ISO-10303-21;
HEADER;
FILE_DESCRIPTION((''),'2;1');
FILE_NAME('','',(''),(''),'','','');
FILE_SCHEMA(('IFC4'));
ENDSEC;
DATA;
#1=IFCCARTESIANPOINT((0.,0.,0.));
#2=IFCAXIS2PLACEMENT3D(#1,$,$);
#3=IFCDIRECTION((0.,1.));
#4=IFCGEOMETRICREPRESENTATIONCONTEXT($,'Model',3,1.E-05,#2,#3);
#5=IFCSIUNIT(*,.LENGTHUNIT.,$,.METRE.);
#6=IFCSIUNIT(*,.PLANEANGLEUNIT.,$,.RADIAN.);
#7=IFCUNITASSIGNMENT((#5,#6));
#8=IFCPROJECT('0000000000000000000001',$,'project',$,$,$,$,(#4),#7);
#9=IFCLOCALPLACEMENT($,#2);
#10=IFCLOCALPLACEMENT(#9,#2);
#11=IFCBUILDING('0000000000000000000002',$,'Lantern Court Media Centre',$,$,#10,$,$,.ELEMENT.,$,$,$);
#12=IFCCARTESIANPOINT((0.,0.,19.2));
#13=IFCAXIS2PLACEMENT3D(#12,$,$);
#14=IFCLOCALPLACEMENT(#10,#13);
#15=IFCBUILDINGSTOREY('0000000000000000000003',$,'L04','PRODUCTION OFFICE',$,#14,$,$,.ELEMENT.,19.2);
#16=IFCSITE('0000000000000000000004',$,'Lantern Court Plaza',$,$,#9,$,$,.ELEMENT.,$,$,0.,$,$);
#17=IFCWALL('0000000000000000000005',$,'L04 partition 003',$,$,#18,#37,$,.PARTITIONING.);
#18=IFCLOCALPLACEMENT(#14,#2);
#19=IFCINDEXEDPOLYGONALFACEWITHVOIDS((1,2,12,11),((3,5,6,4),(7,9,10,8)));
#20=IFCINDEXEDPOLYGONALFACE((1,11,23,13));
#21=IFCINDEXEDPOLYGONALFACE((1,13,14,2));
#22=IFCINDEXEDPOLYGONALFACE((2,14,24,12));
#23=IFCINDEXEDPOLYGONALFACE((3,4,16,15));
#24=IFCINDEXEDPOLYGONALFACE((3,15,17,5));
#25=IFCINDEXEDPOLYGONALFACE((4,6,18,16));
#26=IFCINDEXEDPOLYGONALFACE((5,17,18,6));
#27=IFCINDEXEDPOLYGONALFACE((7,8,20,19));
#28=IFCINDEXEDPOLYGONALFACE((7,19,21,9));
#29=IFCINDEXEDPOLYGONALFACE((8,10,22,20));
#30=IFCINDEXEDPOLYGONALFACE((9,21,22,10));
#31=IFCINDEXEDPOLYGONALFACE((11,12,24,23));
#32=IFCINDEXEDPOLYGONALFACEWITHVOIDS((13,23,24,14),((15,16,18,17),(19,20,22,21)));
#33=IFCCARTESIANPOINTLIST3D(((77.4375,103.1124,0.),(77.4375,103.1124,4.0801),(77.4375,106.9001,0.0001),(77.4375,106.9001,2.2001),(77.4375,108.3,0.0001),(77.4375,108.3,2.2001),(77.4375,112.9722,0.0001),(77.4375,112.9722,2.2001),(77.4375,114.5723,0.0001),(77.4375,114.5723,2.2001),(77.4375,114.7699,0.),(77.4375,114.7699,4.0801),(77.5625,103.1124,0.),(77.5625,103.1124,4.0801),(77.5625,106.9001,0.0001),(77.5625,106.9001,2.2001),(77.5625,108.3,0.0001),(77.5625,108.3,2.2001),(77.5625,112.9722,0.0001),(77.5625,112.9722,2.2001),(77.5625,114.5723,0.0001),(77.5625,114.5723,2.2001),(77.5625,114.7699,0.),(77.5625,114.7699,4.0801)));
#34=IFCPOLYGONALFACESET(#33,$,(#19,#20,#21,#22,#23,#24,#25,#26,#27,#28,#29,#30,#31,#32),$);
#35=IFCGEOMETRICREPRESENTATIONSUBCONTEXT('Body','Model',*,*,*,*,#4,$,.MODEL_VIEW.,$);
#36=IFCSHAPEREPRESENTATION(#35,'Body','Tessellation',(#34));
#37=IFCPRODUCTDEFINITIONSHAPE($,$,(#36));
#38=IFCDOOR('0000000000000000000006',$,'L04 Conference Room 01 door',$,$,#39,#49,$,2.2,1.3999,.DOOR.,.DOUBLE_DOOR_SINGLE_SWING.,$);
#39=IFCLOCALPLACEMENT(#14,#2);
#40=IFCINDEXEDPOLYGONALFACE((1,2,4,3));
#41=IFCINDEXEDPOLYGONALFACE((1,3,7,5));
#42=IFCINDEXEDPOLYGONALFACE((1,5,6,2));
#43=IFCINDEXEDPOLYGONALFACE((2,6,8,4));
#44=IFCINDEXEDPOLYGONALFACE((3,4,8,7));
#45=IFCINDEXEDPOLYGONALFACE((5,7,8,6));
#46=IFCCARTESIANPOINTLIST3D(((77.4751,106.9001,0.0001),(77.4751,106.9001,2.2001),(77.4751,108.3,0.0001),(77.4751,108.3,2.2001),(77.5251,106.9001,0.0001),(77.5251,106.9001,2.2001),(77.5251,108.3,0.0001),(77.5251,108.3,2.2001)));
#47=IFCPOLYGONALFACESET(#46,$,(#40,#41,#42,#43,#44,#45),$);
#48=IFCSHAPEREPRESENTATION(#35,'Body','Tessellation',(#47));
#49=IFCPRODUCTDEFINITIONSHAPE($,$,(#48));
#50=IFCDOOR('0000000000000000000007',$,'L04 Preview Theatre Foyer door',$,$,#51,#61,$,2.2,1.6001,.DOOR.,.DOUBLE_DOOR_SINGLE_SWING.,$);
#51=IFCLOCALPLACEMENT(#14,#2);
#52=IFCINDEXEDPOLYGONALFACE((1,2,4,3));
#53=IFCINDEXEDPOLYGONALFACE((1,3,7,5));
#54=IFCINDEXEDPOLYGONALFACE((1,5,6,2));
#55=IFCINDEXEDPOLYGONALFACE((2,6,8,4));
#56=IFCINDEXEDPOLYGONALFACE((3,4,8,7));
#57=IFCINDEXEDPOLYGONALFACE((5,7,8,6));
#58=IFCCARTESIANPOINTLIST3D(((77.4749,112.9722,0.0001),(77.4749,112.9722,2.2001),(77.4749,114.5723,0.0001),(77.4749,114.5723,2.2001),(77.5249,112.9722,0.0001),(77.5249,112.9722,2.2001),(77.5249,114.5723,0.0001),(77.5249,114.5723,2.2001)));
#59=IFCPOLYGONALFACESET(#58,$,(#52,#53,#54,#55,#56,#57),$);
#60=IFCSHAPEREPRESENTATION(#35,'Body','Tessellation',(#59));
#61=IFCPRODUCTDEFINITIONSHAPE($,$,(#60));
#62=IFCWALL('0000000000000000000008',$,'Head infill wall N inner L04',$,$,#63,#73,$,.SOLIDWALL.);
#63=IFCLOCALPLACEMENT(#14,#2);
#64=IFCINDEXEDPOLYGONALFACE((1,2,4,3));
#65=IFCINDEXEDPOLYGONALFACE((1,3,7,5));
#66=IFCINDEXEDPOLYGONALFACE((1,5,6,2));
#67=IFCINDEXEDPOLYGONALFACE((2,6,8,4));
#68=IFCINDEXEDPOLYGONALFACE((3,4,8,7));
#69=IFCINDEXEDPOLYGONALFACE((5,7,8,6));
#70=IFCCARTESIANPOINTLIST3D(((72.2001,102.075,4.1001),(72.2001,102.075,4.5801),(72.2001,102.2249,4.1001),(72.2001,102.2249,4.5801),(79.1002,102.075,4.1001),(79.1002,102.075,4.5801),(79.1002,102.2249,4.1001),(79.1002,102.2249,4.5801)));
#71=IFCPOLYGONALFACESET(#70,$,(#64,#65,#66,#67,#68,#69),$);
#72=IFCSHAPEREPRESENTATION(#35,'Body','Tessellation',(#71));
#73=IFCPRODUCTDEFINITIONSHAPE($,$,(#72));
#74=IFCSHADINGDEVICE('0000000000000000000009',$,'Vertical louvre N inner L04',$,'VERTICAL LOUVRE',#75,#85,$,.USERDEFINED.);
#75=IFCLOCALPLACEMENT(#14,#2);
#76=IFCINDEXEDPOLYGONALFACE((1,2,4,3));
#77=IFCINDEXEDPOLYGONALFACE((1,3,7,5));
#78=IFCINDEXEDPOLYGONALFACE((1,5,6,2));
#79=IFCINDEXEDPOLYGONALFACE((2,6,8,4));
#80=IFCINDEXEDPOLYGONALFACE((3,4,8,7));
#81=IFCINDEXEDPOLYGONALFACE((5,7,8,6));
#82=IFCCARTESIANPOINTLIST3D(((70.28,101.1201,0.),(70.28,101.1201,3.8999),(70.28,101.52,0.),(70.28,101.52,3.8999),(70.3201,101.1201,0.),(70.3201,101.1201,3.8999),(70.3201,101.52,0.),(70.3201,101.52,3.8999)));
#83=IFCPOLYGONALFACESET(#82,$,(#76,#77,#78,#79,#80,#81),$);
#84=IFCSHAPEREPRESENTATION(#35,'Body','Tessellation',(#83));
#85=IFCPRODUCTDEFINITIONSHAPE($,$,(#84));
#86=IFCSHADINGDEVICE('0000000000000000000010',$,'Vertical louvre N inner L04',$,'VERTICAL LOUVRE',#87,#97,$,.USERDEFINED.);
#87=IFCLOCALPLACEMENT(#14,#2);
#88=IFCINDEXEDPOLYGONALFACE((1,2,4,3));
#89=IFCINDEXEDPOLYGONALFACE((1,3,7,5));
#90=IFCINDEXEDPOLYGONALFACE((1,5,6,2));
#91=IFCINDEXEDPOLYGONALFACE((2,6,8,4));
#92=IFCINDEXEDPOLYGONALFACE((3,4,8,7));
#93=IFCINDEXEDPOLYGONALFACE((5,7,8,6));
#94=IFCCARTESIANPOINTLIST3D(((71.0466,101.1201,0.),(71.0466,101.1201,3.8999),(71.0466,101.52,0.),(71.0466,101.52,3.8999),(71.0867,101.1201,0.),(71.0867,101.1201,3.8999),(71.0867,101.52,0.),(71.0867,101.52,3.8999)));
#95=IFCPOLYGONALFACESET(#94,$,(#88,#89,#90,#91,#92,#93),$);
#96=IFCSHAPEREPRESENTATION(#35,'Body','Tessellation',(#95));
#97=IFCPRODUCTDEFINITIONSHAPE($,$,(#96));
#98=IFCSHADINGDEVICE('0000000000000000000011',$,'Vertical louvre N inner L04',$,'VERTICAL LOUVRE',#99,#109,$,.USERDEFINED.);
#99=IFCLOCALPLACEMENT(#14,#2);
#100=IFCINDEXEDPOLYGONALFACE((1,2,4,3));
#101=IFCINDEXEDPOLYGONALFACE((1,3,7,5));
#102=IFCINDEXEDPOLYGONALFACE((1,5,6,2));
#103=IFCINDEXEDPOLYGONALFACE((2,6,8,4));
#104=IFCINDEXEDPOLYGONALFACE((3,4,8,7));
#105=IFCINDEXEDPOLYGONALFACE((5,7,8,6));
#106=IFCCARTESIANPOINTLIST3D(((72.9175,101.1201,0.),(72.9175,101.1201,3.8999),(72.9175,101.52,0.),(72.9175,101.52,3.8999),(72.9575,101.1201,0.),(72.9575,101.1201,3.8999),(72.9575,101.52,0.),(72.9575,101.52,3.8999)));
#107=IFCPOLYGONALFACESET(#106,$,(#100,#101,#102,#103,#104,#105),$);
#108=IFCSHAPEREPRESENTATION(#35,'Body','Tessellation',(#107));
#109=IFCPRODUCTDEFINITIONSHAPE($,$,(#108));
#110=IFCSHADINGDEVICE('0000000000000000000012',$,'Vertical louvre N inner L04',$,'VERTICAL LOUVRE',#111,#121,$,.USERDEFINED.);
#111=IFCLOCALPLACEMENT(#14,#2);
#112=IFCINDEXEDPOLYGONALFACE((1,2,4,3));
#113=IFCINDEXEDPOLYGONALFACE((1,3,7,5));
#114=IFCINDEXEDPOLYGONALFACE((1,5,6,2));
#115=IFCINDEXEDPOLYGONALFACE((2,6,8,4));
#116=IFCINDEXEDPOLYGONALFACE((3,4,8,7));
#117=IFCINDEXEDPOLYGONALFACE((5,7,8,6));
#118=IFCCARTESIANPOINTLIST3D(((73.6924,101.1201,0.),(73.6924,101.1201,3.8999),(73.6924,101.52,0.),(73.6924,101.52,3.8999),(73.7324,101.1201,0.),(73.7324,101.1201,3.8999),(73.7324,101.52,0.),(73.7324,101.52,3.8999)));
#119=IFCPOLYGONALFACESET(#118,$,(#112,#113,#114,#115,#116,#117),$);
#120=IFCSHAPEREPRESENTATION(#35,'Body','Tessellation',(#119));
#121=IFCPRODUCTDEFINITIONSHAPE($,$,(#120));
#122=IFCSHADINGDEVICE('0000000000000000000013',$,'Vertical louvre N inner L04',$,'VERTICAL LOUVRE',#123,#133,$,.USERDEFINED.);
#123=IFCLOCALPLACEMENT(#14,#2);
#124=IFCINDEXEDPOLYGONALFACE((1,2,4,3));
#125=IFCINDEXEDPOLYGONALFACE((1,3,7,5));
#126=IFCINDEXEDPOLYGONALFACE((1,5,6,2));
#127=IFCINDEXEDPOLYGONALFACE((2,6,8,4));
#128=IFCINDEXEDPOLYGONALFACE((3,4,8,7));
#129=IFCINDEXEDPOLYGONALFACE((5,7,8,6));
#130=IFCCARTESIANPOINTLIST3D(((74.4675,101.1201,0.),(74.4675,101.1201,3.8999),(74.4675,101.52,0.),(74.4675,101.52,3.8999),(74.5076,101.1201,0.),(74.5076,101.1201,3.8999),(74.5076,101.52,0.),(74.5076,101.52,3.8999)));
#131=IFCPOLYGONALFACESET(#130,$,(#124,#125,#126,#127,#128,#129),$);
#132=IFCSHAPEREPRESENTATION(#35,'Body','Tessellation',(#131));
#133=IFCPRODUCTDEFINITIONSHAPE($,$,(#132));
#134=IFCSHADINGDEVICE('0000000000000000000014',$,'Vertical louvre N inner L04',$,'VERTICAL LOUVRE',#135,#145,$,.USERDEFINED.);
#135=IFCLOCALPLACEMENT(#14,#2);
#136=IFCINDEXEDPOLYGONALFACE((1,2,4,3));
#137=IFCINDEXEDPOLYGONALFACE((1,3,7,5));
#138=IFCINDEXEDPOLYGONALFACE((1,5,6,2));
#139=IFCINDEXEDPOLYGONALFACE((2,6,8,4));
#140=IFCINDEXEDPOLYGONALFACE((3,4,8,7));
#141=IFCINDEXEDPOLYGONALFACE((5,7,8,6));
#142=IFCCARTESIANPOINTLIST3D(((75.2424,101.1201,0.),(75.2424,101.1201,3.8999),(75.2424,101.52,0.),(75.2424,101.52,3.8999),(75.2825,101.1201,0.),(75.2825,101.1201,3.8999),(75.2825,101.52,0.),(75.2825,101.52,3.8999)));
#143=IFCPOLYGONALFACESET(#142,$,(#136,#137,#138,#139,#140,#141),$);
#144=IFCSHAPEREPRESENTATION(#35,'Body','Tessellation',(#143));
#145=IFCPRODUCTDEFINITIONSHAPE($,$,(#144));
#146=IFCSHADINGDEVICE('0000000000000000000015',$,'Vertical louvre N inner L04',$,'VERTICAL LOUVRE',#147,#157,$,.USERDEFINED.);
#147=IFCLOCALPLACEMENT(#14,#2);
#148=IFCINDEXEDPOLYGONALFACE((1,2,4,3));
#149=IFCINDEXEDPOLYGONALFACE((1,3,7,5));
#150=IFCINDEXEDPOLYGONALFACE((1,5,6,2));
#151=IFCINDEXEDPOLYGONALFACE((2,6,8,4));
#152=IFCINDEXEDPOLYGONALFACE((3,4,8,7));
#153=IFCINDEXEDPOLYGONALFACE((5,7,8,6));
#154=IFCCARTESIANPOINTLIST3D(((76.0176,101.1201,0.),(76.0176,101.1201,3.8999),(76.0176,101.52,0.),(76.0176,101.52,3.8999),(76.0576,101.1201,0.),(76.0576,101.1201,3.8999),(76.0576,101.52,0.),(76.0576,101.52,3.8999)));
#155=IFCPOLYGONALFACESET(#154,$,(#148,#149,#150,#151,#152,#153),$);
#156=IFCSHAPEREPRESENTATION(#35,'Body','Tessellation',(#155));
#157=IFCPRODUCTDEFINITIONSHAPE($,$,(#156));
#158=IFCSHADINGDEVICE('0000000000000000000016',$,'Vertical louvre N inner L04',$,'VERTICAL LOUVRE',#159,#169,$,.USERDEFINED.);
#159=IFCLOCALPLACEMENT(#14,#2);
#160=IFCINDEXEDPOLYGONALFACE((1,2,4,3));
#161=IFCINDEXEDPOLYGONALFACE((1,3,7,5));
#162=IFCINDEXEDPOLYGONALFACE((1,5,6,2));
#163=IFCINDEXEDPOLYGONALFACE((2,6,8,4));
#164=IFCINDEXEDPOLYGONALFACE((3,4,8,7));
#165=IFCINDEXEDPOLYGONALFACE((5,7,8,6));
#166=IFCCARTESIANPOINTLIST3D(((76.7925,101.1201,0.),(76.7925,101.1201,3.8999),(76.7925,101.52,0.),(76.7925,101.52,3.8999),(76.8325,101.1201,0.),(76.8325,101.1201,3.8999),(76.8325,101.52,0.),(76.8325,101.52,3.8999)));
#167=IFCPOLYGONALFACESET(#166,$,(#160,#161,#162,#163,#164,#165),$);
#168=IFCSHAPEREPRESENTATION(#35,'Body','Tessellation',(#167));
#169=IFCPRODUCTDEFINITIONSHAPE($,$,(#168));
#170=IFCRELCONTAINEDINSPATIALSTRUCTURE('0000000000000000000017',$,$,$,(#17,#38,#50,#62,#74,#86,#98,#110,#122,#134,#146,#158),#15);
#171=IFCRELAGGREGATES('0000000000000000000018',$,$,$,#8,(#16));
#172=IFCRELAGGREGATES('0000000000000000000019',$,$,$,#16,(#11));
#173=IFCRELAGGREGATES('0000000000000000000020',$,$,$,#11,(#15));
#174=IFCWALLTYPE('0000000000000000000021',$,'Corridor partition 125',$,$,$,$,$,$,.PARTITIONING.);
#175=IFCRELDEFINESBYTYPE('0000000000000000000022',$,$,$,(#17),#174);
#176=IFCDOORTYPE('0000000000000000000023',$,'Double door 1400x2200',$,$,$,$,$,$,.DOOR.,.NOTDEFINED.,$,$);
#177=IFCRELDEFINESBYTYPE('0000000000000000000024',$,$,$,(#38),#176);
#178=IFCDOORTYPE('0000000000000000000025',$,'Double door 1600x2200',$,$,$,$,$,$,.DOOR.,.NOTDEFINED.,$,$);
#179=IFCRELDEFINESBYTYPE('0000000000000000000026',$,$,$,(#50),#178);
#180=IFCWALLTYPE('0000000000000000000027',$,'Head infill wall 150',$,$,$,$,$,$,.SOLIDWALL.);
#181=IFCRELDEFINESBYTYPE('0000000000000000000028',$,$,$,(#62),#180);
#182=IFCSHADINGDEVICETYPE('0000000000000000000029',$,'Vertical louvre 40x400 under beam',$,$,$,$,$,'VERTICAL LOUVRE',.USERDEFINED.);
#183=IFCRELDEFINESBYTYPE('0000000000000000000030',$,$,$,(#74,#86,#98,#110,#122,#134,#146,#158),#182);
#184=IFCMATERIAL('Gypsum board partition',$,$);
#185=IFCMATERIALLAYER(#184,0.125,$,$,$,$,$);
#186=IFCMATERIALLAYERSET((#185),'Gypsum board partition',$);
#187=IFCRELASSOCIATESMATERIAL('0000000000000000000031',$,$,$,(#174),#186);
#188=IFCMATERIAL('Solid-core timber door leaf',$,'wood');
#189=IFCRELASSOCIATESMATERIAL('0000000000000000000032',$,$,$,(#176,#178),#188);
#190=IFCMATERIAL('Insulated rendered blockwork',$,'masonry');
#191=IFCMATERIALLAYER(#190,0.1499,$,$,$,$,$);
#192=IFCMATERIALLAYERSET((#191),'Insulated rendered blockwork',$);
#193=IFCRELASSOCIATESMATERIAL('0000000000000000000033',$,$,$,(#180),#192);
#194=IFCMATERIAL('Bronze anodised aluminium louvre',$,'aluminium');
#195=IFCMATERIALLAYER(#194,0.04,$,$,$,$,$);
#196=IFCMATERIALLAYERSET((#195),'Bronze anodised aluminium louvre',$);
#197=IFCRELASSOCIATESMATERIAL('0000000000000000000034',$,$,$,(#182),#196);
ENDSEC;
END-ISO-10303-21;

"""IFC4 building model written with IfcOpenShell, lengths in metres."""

from ifc_helpers import new_model, si_unit, direction, frame, frame_2d, origin, origin_2d, place, context, subcontext, project, spatial, rectangle, extrude, material, layer, layer_set, type_object, element, fill, save


model = new_model("IFC4")

# Units and contexts
model_context = context("Model", 3, precision=1e-05, world=origin(), true_north=direction((0.0, 1.0)))
body_context = subcontext(model_context, "Body", "Model", "MODEL_VIEW")
ifc_project = project(units=[si_unit("LENGTHUNIT", "METRE"), si_unit("PLANEANGLEUNIT", "RADIAN")], contexts=[model_context])

# Site, building, storey
site_placement = place(None, origin())
site = spatial("IfcSite", under=ifc_project, at=site_placement, Name="Lantern Court Plaza", CompositionType="ELEMENT", RefElevation=0.0)
building_placement = place(site_placement, origin())
building = spatial("IfcBuilding", under=site, at=building_placement, Name="Lantern Court Media Centre", CompositionType="ELEMENT")
storey_placement = place(building_placement, frame((0.0, 0.0, 19.2)))
storey = spatial("IfcBuildingStorey", under=building, at=storey_placement, Name="L04", Description="PRODUCTION OFFICE", CompositionType="ELEMENT", Elevation=19.2)

# Wall, openings, doors
ifc_material_1 = material(Name="Gypsum board partition")
ifc_layer_1 = layer(ifc_material_1, 0.125)
ifc_layer_set_1 = layer_set([ifc_layer_1], Name="Gypsum board partition")
wall_type_1 = type_object("IfcWallType", Name="Corridor partition 125", PredefinedType="PARTITIONING", material=ifc_layer_set_1)
wall_1_placement = place(storey_placement, frame((77.5, 103.1125, 0.0), z_axis=(0.0, 0.0, 1.0), x_axis=(0.0, 1.0, 0.0)))
wall_1 = element("IfcWall", 1, at=wall_1_placement, inside=storey, type_object=wall_type_1, Name="L04 partition 003", PredefinedType="PARTITIONING", context=body_context, shape_type="SweptSolid", body=[
    extrude(rectangle(XDim=11.6575, YDim=0.125, at=frame_2d((5.8286, 0.0))), origin(), (0.0, 0.0, 1.0), 4.0801),
])
opening_1_placement = place(wall_1_placement, frame((9.8596, 0.0, 0.0)))
opening_1 = element("IfcOpeningElement", 2, at=opening_1_placement, cuts=wall_1, PredefinedType="OPENING", context=body_context, shape_type="SweptSolid", body=[
    extrude(rectangle(XDim=1.6001, YDim=2.2, at=frame_2d((0.8, 1.1001))), frame((0.0, 0.0725, 0.0), z_axis=(0.0, -1.0, 0.0), x_axis=(1.0, 0.0, 0.0)), (0.0, 0.0, 1.0), 0.145),
])
opening_2_placement = place(wall_1_placement, frame((3.7876, 0.0, 0.0)))
opening_2 = element("IfcOpeningElement", 3, at=opening_2_placement, cuts=wall_1, PredefinedType="OPENING", context=body_context, shape_type="SweptSolid", body=[
    extrude(rectangle(XDim=1.3999, YDim=2.2, at=frame_2d((0.7, 1.1001))), frame((0.0, 0.0725, 0.0), z_axis=(0.0, -1.0, 0.0), x_axis=(1.0, 0.0, 0.0)), (0.0, 0.0, 1.0), 0.145),
])
ifc_material_2 = material(Name="Solid-core timber door leaf", Category="wood")
door_type_1 = type_object("IfcDoorType", Name="Double door 1400x2200", OperationType="NOTDEFINED", PredefinedType="DOOR", material=ifc_material_2)
door_1_placement = place(opening_2_placement, origin())
door_1 = element("IfcDoor", 4, at=door_1_placement, inside=storey, type_object=door_type_1, Name="L04 Conference Room 01 door", OperationType="DOUBLE_DOOR_SINGLE_SWING", OverallHeight=2.2, OverallWidth=1.3999, PredefinedType="DOOR", context=body_context, shape_type="SweptSolid", body=[
    extrude(rectangle(XDim=1.3999, YDim=2.2, at=frame_2d((0.7, 1.1001))), frame((0.0, 0.0249, 0.0), z_axis=(0.0, -1.0, 0.0), x_axis=(1.0, 0.0, 0.0)), (0.0, 0.0, 1.0), 0.05),
])
fill(opening_2, door_1)
door_type_2 = type_object("IfcDoorType", Name="Double door 1600x2200", OperationType="NOTDEFINED", PredefinedType="DOOR", material=ifc_material_2)
door_2_placement = place(opening_1_placement, frame((1.6001, 0.0, 0.0), z_axis=(0.0, 0.0, 1.0), x_axis=(-1.0, 0.0, 0.0)))
door_2 = element("IfcDoor", 5, at=door_2_placement, inside=storey, type_object=door_type_2, Name="L04 Preview Theatre Foyer door", OperationType="DOUBLE_DOOR_SINGLE_SWING", OverallHeight=2.2, OverallWidth=1.6001, PredefinedType="DOOR", context=body_context, shape_type="SweptSolid", body=[
    extrude(rectangle(XDim=1.6001, YDim=2.2, at=frame_2d((0.8, 1.1001))), frame((0.0, 0.0249, 0.0), z_axis=(0.0, -1.0, 0.0), x_axis=(1.0, 0.0, 0.0)), (0.0, 0.0, 1.0), 0.05),
])
fill(opening_1, door_2)

# Wall
ifc_material_3 = material(Name="Insulated rendered blockwork", Category="masonry")
ifc_layer_2 = layer(ifc_material_3, 0.1499)
ifc_layer_set_2 = layer_set([ifc_layer_2], Name="Insulated rendered blockwork")
wall_type_2 = type_object("IfcWallType", Name="Head infill wall 150", PredefinedType="SOLIDWALL", material=ifc_layer_set_2)
wall_2_placement = place(storey_placement, frame((72.2, 102.1499, 4.1001), z_axis=(0.0, 0.0, 1.0), x_axis=(1.0, 0.0, 0.0)))
element("IfcWall", 6, at=wall_2_placement, inside=storey, type_object=wall_type_2, Name="Head infill wall N inner L04", PredefinedType="SOLIDWALL", context=body_context, shape_type="SweptSolid", body=[
    extrude(rectangle(XDim=6.9001, YDim=0.1499, at=frame_2d((3.4502, 0.0))), origin(), (0.0, 0.0, 1.0), 0.48),
])

# Shading devices
ifc_material_4 = material(Name="Bronze anodised aluminium louvre", Category="aluminium")
ifc_layer_3 = layer(ifc_material_4, 0.04)
ifc_layer_set_3 = layer_set([ifc_layer_3], Name="Bronze anodised aluminium louvre")
shading_device_type = type_object("IfcShadingDeviceType", Name="Vertical louvre 40x400 under beam", ElementType="VERTICAL LOUVRE", PredefinedType="USERDEFINED", material=ifc_layer_set_3)
for number, where, z_axis, x_axis, name in (
    (7, (70.3, 101.3201, 0.0), (0.0, 0.0, 1.0), (1.0, 0.0, 0.0), "Vertical louvre N inner L04"),
    (8, (71.0667, 101.3201, 0.0), (0.0, 0.0, 1.0), (1.0, 0.0, 0.0), "Vertical louvre N inner L04"),
    (9, (72.9375, 101.3201, 0.0), (0.0, 0.0, 1.0), (1.0, 0.0, 0.0), "Vertical louvre N inner L04"),
    (10, (73.7124, 101.3201, 0.0), (0.0, 0.0, 1.0), (1.0, 0.0, 0.0), "Vertical louvre N inner L04"),
    (11, (74.4875, 101.3201, 0.0), (0.0, 0.0, 1.0), (1.0, 0.0, 0.0), "Vertical louvre N inner L04"),
    (12, (75.2625, 101.3201, 0.0), (0.0, 0.0, 1.0), (1.0, 0.0, 0.0), "Vertical louvre N inner L04"),
    (13, (76.0376, 101.3201, 0.0), (0.0, 0.0, 1.0), (1.0, 0.0, 0.0), "Vertical louvre N inner L04"),
    (14, (76.8125, 101.3201, 0.0), (0.0, 0.0, 1.0), (1.0, 0.0, 0.0), "Vertical louvre N inner L04"),
):
    element("IfcShadingDevice", number, at=place(storey_placement, frame(where, z_axis=z_axis, x_axis=x_axis)), inside=storey, type_object=shading_device_type, Name=name, ObjectType="VERTICAL LOUVRE", PredefinedType="USERDEFINED", context=body_context, shape_type="SweptSolid", body=[
        extrude(rectangle(XDim=0.04, YDim=0.3999, at=origin_2d()), origin(), (0.0, 0.0, 1.0), 3.8999),
    ])

save(model, "model.ifc")
